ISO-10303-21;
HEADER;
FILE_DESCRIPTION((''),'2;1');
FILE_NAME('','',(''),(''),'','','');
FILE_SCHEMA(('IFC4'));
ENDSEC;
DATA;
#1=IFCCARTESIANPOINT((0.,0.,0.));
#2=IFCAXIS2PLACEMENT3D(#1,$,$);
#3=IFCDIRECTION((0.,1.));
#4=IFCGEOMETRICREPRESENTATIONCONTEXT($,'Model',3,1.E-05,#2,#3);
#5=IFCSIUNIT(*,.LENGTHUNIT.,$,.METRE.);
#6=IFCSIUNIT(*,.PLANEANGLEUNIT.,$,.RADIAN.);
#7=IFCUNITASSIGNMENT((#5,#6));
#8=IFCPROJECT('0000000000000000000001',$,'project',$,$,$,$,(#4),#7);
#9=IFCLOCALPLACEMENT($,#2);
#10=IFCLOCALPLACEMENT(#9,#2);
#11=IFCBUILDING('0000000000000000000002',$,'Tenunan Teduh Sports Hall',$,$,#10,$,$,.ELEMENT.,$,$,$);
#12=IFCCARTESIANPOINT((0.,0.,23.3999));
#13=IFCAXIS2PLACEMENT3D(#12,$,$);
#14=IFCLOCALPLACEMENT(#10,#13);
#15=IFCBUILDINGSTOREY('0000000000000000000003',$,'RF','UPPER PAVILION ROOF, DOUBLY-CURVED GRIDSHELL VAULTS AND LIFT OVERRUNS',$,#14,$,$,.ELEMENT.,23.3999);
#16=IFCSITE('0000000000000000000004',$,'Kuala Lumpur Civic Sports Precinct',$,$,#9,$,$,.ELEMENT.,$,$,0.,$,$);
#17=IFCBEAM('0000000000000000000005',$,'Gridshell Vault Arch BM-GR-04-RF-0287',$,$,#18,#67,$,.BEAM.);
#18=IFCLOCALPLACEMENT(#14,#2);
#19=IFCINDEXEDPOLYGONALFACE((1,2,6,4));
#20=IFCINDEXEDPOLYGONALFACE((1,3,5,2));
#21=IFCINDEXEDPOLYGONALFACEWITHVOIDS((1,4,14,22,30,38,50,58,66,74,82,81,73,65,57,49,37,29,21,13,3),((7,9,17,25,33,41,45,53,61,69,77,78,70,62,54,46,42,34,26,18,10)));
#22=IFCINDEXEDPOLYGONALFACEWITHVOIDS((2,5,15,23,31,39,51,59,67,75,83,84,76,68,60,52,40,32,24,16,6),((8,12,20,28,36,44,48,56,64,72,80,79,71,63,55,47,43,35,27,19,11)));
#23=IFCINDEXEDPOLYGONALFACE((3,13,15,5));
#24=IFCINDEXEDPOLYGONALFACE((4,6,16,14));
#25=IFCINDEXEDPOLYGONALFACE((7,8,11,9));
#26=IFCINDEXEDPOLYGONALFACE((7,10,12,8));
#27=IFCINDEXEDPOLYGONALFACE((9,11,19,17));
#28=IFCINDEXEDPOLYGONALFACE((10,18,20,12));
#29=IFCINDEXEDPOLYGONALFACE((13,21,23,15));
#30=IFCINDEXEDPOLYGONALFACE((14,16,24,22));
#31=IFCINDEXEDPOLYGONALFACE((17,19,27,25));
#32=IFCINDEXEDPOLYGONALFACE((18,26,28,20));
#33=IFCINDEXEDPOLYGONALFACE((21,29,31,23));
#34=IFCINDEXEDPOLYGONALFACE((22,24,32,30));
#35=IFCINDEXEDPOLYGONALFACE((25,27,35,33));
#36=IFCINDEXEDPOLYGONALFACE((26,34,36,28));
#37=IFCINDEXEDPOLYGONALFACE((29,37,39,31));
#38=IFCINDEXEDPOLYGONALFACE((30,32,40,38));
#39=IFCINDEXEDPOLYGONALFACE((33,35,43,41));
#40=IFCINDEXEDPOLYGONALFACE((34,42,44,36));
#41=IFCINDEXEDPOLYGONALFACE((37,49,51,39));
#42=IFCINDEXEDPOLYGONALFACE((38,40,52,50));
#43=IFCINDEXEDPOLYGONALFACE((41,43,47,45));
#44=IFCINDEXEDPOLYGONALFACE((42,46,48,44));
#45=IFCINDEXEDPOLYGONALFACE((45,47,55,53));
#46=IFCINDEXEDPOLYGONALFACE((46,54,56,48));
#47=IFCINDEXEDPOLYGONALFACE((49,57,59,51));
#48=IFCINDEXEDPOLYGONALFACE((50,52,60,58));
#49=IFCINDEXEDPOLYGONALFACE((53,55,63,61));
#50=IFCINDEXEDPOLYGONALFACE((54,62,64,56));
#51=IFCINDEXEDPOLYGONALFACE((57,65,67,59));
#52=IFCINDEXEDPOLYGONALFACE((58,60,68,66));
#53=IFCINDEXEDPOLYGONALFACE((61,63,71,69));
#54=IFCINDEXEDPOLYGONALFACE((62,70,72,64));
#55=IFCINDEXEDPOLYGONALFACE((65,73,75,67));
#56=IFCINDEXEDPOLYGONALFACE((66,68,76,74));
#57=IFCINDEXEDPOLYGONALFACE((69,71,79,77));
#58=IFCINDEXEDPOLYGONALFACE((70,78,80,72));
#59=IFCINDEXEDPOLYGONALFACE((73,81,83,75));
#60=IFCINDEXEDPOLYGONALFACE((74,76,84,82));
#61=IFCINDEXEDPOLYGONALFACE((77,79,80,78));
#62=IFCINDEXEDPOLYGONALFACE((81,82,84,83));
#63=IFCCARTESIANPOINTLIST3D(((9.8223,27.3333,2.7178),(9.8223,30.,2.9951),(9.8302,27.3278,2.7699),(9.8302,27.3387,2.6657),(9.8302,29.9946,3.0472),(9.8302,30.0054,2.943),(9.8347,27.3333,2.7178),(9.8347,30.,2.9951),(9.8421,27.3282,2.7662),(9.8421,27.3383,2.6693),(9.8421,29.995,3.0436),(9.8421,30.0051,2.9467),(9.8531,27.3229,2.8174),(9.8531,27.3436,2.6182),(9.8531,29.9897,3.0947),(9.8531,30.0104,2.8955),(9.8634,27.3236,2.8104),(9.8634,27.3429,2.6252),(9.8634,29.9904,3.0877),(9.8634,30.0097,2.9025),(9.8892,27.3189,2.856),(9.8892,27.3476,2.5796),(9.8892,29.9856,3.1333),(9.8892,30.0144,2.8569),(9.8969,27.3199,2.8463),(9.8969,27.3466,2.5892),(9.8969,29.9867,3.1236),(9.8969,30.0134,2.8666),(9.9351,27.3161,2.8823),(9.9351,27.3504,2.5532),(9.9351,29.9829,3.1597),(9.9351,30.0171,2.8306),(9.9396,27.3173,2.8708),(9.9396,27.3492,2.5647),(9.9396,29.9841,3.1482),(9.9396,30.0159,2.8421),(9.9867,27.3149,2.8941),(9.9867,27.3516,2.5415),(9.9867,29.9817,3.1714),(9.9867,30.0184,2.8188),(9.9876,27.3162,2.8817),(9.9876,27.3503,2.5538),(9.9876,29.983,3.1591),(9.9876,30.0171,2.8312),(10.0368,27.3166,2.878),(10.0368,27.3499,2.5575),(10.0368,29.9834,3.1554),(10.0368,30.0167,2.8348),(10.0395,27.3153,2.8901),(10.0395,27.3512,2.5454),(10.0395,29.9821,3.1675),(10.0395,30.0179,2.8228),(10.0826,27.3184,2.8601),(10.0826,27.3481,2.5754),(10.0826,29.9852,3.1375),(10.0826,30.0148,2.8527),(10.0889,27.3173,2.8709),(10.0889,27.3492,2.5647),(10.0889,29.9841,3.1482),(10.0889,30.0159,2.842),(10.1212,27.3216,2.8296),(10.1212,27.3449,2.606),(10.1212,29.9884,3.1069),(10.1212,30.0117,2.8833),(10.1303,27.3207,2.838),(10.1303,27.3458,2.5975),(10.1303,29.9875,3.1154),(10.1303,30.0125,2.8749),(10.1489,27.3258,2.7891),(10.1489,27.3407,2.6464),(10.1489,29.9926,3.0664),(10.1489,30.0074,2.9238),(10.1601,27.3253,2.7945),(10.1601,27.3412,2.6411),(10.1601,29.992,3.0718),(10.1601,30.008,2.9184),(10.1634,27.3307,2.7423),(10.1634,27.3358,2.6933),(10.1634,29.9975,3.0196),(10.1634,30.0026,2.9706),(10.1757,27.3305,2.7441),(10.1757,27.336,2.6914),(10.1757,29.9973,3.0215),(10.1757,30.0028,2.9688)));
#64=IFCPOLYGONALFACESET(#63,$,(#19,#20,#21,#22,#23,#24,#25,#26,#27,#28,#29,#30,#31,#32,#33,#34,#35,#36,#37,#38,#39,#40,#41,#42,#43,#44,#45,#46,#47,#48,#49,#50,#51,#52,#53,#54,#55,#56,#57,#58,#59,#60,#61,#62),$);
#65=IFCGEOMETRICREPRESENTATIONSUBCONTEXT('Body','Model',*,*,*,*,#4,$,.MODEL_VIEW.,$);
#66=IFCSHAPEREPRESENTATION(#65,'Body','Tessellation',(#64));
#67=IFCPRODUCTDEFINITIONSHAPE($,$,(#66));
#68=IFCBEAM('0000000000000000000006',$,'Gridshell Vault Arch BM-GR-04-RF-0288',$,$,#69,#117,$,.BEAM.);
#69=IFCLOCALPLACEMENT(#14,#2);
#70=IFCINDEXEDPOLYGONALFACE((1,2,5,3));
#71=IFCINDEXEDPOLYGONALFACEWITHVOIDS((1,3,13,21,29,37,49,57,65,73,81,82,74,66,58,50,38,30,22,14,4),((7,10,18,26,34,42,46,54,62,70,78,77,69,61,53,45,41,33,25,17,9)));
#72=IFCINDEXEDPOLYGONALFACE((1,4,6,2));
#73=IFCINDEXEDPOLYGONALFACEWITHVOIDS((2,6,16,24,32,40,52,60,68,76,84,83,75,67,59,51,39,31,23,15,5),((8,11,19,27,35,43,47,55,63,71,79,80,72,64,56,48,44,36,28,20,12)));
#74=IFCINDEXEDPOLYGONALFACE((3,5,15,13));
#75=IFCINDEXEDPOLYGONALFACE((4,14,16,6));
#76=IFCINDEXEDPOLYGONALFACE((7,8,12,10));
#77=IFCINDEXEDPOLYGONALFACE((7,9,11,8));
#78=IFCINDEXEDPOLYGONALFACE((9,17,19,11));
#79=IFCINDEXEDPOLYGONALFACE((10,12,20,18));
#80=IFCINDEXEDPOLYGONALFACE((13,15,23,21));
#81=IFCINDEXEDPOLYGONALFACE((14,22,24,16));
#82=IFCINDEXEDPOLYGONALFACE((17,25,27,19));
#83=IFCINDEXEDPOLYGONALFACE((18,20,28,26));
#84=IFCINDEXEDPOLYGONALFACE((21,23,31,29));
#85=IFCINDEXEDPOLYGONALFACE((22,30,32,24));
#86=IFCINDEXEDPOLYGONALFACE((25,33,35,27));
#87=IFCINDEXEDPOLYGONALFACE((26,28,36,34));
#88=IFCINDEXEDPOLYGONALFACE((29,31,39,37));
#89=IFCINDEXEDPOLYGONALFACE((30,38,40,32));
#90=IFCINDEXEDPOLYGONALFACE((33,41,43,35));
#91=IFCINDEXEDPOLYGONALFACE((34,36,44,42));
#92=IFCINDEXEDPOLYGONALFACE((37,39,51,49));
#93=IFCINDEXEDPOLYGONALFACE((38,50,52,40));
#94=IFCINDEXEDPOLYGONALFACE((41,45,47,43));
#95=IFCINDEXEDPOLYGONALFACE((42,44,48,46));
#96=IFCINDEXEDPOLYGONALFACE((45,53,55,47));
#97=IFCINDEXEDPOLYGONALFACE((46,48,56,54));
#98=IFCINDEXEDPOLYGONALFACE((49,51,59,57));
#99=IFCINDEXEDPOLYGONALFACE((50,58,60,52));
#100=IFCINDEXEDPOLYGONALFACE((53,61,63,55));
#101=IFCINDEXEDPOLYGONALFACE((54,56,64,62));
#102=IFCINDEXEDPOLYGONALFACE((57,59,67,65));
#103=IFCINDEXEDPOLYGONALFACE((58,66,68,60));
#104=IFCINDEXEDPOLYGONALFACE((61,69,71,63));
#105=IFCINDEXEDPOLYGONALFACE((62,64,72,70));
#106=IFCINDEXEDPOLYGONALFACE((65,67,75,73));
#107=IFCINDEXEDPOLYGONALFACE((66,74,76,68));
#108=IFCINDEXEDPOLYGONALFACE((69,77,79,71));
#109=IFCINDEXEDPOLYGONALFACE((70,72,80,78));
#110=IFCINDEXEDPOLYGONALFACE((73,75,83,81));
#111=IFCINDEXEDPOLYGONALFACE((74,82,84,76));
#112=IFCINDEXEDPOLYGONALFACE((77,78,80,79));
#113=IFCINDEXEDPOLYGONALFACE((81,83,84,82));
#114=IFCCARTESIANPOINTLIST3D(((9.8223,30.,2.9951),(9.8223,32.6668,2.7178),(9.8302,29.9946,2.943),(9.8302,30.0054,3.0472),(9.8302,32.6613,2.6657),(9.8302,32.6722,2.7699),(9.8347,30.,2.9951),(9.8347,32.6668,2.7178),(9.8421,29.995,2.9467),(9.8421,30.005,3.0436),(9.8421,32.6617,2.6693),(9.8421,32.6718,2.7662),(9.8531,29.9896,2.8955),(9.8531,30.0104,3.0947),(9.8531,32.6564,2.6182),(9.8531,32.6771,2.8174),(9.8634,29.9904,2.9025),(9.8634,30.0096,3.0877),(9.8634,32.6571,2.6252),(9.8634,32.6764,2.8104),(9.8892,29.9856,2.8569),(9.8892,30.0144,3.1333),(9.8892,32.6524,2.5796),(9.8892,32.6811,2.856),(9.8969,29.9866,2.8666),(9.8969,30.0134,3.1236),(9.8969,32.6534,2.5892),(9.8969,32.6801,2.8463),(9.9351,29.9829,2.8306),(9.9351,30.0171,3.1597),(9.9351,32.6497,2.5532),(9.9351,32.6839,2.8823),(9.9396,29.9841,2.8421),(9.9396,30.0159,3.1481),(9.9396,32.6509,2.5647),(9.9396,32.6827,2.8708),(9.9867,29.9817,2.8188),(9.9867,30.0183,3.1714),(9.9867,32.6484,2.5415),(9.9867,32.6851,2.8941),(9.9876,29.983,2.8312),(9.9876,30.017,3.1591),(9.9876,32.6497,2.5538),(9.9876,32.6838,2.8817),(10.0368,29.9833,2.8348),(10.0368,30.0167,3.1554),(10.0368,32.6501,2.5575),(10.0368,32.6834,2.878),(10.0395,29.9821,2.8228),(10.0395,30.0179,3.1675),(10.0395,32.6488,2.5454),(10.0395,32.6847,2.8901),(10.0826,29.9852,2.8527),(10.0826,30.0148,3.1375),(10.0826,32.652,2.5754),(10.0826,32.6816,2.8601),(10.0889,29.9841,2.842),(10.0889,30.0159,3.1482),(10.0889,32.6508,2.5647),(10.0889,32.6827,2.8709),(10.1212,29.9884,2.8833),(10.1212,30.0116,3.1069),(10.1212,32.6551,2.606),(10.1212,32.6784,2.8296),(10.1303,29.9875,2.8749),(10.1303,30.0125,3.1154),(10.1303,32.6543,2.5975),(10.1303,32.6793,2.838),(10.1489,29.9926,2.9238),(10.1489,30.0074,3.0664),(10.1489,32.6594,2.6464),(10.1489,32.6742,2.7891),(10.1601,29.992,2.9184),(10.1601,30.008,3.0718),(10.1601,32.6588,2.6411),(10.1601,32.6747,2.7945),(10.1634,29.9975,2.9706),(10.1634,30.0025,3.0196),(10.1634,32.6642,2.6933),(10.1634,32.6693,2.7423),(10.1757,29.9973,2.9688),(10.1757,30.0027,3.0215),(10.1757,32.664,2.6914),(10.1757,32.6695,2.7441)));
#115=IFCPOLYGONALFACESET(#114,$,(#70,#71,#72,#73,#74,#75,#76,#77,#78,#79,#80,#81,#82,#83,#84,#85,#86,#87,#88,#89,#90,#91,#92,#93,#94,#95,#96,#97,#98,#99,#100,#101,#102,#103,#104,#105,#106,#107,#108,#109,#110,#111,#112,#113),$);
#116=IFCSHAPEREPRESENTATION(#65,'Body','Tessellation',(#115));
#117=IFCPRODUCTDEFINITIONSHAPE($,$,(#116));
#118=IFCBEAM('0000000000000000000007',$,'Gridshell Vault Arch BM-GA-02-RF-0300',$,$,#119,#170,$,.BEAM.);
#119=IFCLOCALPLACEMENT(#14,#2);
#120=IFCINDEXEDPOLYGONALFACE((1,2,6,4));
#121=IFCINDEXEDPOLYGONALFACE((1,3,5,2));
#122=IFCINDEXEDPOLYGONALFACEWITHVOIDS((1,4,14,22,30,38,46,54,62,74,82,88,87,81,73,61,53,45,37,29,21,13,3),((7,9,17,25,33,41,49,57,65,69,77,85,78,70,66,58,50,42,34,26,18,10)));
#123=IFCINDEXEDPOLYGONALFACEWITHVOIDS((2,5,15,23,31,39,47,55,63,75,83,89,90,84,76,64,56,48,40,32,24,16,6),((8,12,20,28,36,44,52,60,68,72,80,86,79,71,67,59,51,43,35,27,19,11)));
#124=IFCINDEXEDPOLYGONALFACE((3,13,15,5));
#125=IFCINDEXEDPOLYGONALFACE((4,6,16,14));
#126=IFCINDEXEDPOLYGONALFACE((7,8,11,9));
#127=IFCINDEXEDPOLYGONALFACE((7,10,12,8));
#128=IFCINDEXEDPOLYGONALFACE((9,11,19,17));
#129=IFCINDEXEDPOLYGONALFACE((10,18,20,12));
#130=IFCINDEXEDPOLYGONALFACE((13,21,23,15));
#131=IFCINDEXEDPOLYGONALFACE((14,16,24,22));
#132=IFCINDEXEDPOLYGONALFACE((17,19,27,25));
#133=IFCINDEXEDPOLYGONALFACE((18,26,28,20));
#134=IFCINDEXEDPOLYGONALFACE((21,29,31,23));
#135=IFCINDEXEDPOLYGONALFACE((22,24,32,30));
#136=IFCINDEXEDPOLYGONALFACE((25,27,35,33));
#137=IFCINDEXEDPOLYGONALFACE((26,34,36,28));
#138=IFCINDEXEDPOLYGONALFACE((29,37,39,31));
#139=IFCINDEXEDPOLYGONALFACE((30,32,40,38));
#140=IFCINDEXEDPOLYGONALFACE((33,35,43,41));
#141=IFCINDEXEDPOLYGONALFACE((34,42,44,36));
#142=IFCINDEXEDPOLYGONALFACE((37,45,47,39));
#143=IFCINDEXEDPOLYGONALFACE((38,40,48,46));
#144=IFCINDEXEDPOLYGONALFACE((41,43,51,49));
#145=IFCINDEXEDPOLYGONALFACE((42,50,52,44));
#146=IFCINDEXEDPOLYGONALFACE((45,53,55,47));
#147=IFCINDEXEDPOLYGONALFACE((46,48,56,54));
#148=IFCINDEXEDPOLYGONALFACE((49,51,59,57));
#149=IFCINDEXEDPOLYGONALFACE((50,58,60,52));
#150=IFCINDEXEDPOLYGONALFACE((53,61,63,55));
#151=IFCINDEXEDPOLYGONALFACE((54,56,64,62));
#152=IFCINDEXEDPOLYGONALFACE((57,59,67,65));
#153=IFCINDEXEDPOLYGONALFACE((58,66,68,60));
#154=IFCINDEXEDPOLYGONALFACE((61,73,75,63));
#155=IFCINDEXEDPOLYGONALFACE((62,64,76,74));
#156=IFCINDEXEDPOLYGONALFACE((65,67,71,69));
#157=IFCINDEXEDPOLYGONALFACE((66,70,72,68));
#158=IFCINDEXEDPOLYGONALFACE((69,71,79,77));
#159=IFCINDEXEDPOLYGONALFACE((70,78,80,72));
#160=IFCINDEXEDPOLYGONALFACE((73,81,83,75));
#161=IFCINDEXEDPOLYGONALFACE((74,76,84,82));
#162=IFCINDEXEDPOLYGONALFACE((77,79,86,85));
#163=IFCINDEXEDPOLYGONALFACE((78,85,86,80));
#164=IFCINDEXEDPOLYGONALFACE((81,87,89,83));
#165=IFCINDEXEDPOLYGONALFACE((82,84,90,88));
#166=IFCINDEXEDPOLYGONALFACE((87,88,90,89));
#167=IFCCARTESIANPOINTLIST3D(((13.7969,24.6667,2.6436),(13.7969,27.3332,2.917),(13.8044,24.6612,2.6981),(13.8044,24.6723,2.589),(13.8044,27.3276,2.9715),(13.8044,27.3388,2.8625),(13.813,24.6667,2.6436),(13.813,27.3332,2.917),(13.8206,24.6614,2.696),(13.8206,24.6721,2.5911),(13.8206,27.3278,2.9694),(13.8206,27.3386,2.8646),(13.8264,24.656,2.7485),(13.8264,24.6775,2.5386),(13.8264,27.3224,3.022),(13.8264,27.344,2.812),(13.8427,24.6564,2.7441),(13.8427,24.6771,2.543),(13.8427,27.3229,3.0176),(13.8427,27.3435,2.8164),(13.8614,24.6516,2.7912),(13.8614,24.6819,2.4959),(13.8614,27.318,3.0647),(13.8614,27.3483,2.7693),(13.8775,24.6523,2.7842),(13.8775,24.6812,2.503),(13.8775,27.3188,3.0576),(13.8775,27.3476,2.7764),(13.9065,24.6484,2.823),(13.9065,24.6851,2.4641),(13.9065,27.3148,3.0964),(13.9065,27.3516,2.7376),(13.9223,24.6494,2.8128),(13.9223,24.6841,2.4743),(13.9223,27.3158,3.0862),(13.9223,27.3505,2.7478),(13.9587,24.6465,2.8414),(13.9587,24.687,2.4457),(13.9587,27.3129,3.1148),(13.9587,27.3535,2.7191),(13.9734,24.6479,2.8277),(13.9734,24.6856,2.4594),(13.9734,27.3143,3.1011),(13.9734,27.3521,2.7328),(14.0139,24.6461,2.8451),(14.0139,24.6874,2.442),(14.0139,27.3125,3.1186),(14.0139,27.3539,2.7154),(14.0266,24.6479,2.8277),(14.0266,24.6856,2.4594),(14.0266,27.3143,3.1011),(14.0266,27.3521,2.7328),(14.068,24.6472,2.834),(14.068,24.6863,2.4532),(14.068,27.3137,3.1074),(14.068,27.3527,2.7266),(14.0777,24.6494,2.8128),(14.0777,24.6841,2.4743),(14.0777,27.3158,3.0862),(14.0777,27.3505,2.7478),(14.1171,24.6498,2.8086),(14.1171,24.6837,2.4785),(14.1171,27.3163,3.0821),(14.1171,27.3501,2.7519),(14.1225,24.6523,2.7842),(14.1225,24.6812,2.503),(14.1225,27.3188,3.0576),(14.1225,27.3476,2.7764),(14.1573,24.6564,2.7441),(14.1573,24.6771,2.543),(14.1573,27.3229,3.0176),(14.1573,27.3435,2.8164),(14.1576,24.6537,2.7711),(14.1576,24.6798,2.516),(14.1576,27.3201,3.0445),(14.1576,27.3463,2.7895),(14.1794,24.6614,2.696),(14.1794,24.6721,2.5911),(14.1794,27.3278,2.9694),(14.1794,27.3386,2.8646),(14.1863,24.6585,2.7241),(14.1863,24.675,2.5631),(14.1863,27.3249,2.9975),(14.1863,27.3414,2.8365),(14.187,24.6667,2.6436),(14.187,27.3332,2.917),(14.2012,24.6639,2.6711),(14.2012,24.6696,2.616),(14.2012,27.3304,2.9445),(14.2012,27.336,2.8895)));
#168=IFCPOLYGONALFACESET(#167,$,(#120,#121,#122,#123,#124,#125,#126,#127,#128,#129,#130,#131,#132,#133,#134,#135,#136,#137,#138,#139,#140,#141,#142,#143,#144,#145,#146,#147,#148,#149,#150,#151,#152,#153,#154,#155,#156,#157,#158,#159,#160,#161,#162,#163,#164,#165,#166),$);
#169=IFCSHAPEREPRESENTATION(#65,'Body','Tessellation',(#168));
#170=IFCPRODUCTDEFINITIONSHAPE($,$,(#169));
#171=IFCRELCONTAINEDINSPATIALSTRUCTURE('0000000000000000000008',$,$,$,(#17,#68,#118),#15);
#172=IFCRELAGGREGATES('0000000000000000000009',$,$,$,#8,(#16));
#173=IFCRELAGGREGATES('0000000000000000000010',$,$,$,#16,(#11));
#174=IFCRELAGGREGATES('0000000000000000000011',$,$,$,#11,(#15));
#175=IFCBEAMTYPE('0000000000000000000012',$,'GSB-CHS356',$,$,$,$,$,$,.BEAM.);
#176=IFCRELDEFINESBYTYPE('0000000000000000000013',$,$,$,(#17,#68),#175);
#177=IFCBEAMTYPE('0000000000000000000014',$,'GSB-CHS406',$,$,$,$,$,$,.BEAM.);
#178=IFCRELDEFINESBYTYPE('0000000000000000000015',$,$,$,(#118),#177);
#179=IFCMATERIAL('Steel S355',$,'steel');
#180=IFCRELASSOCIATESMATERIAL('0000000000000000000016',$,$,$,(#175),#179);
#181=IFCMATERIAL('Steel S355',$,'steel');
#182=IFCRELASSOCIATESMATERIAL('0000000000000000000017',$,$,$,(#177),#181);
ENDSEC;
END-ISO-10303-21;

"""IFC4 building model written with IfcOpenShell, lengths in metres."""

from ifc_helpers import new_model, si_unit, direction, frame, origin, origin_2d, place, context, subcontext, project, spatial, hollow_circle, extrude, material, material_profile, profile_set, type_object, element, save


model = new_model("IFC4")

# Units and contexts
model_context = context("Model", 3, precision=1e-05, world=origin(), true_north=direction((0.0, 1.0)))
body_context = subcontext(model_context, "Body", "Model", "MODEL_VIEW")
ifc_project = project(units=[si_unit("LENGTHUNIT", "METRE"), si_unit("PLANEANGLEUNIT", "RADIAN")], contexts=[model_context])

# Site, building, storey
site_placement = place(None, origin())
site = spatial("IfcSite", under=ifc_project, at=site_placement, Name="Kuala Lumpur Civic Sports Precinct", CompositionType="ELEMENT", RefElevation=0.0)
building_placement = place(site_placement, origin())
building = spatial("IfcBuilding", under=site, at=building_placement, Name="Tenunan Teduh Sports Hall", CompositionType="ELEMENT")
storey_placement = place(building_placement, frame((0.0, 0.0, 23.3999)))
storey = spatial("IfcBuildingStorey", under=building, at=storey_placement, Name="RF", Description="UPPER PAVILION ROOF, DOUBLY-CURVED GRIDSHELL VAULTS AND LIFT OVERRUNS", CompositionType="ELEMENT", Elevation=23.3999)

# Beams
ifc_material_1 = material(Name="Steel S355", Category="steel")
ifc_material_profile_1 = material_profile(ifc_material_1, hollow_circle(Radius=0.1777, WallThickness=0.0125, at=origin_2d()), Name="CHS 355.6x12.5")
ifc_profile_set_1 = profile_set([ifc_material_profile_1], Name="Steel S355")
beam_type_1 = type_object("IfcBeamType", Name="GSB-CHS356", PredefinedType="BEAM", material=ifc_profile_set_1)
for number, where, z_axis, x_axis, name in (
    (1, (10.0, 27.3333, 2.7178), (0.0, 0.994635, 0.103443), (-1.0, 0.0, 0.0), "Gridshell Vault Arch BM-GR-04-RF-0287"),
    (2, (10.0, 30.0, 2.9951), (0.0, 0.994635, -0.103443), (-1.0, 0.0, 0.0), "Gridshell Vault Arch BM-GR-04-RF-0288"),
):
    element("IfcBeam", number, at=place(storey_placement, frame(where, z_axis=z_axis, x_axis=x_axis)), inside=storey, type_object=beam_type_1, Name=name, PredefinedType="BEAM", context=body_context, shape_type="SweptSolid", body=[
        extrude(hollow_circle(Radius=0.1777, WallThickness=0.0125, at=origin_2d()), origin(), (0.0, 0.0, 1.0), 2.6812),
    ])
ifc_material_2 = material(Name="Steel S355", Category="steel")
ifc_material_profile_2 = material_profile(ifc_material_2, hollow_circle(Radius=0.2031, WallThickness=0.0161, at=origin_2d()), Name="CHS 406.4x16.0")
ifc_profile_set_2 = profile_set([ifc_material_profile_2], Name="Steel S355")
beam_type_2 = type_object("IfcBeamType", Name="GSB-CHS406", PredefinedType="BEAM", material=ifc_profile_set_2)
beam_1_placement = place(storey_placement, frame((14.0, 24.6667, 2.6436), z_axis=(0.0, 0.994783, 0.10201), x_axis=(-1.0, 0.0, 0.0)))
element("IfcBeam", 3, at=beam_1_placement, inside=storey, type_object=beam_type_2, Name="Gridshell Vault Arch BM-GA-02-RF-0300", PredefinedType="BEAM", context=body_context, shape_type="SweptSolid", body=[
    extrude(hollow_circle(Radius=0.2031, WallThickness=0.0161, at=origin_2d()), origin(), (0.0, 0.0, 1.0), 2.6804),
])

save(model, "model.ifc")
